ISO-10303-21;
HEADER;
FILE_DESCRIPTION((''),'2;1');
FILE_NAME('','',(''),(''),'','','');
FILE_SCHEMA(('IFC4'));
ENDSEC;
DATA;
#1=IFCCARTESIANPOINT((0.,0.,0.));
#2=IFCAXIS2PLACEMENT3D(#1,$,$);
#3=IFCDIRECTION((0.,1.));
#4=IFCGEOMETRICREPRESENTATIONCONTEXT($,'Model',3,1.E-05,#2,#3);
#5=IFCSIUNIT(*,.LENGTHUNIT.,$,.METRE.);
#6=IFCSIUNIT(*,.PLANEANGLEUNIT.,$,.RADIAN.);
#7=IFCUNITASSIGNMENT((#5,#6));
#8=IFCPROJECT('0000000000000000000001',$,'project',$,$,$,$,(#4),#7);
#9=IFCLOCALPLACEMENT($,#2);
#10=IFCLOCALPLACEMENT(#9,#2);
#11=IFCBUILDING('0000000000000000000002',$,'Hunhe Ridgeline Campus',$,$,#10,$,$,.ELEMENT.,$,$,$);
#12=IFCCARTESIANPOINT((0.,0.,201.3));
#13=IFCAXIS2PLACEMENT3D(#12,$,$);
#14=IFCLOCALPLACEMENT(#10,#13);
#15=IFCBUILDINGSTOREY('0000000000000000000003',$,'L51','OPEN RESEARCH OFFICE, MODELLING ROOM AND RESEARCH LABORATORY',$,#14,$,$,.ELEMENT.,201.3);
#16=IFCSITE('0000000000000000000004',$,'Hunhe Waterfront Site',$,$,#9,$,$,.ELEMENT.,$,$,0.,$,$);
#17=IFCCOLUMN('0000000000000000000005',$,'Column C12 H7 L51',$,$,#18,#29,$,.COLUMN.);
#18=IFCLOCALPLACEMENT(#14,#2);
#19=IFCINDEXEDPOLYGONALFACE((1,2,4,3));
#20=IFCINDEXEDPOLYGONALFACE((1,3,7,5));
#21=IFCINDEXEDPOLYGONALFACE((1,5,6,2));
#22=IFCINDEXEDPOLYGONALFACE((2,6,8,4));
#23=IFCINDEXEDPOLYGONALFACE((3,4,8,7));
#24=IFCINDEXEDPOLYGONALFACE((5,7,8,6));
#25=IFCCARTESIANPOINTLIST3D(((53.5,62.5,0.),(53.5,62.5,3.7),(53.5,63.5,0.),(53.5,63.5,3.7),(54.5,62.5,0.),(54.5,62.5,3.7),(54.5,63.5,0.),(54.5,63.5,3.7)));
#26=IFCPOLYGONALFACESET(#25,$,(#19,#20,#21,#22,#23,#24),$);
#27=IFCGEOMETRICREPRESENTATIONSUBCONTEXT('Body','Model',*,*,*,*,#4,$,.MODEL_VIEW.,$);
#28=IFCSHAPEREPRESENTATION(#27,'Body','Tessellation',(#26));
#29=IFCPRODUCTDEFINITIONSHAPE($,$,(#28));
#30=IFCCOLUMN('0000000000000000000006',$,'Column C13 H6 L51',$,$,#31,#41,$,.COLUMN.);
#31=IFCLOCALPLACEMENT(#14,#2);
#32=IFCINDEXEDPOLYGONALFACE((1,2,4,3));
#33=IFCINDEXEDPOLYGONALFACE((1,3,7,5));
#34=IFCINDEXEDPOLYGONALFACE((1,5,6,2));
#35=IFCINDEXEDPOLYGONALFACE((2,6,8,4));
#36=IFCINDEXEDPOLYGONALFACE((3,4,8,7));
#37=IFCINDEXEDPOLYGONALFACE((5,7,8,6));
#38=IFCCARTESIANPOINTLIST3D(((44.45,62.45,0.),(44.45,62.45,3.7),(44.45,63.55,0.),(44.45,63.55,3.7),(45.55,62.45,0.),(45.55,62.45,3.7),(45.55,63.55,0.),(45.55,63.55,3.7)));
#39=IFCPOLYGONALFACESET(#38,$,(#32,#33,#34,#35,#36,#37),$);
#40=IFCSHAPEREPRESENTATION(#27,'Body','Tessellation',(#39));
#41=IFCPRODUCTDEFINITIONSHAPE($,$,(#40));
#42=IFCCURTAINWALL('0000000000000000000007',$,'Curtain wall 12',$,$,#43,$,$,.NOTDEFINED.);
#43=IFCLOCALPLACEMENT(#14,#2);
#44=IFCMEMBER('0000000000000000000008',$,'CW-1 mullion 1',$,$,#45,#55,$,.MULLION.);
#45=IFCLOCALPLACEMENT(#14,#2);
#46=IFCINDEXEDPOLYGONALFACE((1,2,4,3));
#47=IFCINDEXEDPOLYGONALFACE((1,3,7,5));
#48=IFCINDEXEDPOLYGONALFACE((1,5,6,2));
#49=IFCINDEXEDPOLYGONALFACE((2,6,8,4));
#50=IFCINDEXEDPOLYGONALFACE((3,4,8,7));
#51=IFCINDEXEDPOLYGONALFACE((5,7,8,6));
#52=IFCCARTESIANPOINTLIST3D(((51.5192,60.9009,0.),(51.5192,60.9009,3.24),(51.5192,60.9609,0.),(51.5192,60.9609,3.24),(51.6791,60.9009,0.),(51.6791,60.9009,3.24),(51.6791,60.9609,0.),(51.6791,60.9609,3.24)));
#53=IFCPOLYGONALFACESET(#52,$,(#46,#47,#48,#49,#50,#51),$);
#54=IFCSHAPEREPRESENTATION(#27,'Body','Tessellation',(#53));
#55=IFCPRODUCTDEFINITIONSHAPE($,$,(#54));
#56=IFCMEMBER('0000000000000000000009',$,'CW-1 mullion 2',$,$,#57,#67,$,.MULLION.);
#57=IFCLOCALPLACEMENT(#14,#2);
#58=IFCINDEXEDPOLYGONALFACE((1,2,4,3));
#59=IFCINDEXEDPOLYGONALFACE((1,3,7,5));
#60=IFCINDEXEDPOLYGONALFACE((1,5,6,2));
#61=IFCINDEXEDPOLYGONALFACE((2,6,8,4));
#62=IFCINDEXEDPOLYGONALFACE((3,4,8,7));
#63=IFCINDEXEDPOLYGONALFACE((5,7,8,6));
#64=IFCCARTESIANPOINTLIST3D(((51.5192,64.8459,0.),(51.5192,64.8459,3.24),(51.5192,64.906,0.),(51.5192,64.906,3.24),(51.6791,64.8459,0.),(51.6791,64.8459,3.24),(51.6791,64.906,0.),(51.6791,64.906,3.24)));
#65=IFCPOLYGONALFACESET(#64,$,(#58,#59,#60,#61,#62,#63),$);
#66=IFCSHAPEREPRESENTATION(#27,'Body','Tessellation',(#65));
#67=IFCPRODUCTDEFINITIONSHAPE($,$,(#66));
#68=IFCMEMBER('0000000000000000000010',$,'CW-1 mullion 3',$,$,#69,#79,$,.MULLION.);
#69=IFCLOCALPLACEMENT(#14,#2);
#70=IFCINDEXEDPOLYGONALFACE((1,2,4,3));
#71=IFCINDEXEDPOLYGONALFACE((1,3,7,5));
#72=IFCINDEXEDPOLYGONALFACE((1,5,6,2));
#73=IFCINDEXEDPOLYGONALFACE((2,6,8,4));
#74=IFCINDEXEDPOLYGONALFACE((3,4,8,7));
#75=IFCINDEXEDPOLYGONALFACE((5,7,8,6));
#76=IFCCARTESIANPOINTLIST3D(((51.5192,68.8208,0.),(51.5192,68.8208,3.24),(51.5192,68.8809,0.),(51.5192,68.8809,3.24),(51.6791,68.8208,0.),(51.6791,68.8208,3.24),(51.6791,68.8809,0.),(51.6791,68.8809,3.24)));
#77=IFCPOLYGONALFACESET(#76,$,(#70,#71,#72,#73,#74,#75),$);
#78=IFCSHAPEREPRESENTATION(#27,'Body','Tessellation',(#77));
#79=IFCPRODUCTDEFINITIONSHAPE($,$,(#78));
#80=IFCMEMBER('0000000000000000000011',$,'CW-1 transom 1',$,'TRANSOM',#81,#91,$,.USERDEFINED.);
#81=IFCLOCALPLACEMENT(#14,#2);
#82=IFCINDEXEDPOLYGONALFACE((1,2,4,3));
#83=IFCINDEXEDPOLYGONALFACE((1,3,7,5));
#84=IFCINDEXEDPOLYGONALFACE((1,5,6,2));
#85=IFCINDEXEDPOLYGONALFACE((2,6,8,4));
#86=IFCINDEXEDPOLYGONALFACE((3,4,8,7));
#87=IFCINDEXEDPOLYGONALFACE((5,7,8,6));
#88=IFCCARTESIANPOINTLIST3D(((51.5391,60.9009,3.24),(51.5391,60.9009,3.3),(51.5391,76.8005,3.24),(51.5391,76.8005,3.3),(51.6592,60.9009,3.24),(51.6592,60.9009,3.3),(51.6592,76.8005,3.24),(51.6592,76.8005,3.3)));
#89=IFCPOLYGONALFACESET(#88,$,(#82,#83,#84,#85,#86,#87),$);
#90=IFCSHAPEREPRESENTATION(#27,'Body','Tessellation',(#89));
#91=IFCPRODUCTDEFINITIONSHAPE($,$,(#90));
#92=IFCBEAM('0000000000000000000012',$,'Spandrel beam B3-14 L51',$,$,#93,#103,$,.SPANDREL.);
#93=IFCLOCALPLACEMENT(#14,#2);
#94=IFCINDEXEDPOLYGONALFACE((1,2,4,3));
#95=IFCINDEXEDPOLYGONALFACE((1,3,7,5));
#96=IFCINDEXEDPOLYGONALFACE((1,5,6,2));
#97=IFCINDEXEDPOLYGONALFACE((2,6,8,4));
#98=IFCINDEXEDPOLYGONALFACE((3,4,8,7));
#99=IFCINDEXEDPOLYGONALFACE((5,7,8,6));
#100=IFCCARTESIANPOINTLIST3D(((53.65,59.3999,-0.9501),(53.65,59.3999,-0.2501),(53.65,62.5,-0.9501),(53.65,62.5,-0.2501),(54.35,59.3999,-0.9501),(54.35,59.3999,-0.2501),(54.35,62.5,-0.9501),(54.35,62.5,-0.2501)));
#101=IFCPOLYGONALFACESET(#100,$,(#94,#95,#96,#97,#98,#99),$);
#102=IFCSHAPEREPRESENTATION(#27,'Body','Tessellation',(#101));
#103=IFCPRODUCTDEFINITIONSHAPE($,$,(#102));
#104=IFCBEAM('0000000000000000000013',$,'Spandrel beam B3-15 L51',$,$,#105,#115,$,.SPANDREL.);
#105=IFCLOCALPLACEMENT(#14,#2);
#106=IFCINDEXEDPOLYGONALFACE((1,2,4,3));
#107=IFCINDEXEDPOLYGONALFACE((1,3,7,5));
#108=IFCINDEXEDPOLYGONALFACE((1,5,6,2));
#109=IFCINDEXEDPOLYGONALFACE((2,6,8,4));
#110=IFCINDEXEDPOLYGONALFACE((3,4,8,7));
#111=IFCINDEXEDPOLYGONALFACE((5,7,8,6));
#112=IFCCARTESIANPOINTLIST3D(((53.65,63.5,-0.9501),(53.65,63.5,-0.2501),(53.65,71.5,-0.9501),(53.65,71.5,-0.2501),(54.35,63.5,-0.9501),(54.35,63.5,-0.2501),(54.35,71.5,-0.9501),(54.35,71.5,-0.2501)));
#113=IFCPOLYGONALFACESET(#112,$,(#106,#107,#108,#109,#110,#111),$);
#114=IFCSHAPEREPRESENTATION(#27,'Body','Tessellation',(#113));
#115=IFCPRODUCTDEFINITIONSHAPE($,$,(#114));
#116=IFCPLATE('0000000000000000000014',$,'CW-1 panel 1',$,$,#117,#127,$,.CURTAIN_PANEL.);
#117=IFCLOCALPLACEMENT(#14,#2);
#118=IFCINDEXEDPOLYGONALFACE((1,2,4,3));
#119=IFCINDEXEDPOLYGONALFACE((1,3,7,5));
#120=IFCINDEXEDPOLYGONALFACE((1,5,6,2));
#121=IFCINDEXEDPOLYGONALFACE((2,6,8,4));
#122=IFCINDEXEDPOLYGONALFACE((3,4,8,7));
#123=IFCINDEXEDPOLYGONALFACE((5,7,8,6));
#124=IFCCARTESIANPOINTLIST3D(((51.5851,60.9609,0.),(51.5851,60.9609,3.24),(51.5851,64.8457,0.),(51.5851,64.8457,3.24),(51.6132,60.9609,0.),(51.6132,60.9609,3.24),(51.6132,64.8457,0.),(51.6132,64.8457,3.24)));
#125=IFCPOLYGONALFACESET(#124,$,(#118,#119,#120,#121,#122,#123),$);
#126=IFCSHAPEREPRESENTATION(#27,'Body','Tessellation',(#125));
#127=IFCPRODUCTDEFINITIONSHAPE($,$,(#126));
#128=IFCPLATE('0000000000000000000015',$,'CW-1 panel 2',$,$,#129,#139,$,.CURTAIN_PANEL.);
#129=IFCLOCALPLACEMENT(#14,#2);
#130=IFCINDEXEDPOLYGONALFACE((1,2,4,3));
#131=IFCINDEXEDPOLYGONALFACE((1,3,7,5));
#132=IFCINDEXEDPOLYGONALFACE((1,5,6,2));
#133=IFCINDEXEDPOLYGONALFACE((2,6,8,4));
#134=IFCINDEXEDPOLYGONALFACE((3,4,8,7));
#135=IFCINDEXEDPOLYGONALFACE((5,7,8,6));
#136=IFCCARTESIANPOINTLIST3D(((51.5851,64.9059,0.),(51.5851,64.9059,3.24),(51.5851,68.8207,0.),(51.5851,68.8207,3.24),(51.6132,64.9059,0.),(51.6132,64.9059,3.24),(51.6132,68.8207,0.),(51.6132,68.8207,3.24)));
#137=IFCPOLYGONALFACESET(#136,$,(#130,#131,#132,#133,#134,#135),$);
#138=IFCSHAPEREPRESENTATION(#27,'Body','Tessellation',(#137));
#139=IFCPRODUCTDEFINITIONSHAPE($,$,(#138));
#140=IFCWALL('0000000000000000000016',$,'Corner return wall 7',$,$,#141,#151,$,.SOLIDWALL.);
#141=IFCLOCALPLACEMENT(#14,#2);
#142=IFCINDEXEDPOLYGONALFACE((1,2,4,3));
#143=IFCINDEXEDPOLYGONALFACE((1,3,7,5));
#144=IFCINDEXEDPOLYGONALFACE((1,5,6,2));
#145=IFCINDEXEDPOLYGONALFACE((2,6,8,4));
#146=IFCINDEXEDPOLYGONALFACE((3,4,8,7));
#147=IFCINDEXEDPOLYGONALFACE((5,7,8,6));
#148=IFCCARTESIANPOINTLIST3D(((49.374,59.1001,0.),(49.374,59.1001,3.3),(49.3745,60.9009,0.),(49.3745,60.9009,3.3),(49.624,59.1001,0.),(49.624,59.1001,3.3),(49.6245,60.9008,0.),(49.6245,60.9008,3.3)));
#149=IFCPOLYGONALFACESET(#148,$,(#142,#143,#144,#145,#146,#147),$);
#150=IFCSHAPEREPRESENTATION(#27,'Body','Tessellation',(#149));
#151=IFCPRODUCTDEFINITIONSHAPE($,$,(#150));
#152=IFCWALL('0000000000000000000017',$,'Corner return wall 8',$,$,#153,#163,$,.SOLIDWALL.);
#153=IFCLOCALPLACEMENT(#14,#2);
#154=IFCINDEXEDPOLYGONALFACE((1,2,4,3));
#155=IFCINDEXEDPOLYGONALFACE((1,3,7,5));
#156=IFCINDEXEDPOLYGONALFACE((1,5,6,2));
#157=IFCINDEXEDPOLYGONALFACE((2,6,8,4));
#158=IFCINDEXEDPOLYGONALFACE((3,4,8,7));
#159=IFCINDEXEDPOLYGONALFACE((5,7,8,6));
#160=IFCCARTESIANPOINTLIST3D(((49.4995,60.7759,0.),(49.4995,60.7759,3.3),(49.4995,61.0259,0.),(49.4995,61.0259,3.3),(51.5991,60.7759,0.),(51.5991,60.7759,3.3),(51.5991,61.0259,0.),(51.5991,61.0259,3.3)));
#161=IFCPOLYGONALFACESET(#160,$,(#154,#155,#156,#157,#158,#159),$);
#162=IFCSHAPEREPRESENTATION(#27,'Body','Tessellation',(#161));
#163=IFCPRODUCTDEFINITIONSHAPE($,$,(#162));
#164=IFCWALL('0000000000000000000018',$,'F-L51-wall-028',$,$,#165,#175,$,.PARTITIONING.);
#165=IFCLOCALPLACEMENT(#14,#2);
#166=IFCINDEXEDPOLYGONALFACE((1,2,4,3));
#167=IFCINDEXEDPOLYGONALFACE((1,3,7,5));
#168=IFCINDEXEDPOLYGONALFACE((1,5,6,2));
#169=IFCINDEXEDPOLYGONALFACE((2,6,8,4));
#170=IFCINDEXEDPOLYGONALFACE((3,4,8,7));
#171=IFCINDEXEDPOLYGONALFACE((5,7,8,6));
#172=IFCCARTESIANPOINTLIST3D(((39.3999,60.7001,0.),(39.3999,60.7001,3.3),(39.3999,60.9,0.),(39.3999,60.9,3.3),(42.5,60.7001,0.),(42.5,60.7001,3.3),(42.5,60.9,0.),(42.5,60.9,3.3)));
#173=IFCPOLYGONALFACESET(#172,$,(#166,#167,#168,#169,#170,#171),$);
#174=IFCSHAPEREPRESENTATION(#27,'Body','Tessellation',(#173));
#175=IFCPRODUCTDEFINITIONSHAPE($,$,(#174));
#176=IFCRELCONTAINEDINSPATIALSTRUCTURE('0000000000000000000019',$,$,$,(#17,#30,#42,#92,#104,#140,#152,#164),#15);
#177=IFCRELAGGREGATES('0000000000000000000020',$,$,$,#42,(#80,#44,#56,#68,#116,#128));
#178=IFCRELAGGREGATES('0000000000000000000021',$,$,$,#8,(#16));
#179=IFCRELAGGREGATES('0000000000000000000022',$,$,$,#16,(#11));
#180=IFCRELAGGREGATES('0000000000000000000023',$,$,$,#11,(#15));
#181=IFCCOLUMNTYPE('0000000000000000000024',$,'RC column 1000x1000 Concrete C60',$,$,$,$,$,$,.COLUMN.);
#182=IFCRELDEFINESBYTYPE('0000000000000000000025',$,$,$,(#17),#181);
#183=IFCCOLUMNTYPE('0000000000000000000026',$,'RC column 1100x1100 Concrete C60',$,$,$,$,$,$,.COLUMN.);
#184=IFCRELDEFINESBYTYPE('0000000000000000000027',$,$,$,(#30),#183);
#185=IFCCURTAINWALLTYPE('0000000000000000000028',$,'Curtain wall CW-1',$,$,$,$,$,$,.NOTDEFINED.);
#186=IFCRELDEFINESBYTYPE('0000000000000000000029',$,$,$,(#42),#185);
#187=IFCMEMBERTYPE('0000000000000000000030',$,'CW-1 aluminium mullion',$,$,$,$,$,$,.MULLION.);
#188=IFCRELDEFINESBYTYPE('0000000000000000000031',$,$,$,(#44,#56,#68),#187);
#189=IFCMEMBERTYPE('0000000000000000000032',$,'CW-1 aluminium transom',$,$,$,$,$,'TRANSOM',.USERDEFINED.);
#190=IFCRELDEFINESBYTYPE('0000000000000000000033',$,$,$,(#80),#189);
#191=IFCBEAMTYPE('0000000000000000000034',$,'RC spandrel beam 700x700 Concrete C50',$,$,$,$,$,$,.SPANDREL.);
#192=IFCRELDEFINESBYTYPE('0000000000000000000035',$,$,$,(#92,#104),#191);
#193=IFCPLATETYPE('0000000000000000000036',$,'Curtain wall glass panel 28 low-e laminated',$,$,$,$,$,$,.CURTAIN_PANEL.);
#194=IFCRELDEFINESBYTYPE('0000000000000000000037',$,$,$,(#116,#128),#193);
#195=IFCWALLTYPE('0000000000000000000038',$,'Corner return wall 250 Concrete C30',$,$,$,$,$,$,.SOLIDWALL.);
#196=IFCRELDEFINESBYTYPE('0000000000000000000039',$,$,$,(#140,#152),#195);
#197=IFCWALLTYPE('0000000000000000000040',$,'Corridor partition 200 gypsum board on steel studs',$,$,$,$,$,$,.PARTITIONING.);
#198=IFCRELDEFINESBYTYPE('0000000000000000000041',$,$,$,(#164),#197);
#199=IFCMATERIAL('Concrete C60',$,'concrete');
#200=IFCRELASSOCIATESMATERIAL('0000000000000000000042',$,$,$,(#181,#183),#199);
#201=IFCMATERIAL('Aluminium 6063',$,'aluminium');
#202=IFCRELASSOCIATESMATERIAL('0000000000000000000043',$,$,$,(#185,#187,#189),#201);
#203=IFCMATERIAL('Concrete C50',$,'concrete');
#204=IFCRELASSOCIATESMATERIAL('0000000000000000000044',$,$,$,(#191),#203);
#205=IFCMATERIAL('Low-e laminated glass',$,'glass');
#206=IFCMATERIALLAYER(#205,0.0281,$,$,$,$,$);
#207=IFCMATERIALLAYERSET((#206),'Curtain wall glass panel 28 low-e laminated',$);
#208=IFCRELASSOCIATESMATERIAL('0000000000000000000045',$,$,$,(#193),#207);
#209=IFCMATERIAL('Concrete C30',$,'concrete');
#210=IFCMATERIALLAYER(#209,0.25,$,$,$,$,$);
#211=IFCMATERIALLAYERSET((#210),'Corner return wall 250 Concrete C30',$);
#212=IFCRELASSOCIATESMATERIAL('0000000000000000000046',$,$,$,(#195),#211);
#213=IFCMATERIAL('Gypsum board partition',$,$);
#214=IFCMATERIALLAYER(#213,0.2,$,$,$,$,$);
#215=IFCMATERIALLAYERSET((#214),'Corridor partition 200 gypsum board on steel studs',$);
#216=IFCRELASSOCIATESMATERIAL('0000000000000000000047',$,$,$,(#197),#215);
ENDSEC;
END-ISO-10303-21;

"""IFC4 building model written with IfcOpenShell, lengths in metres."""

from ifc_helpers import new_model, si_unit, direction, frame, frame_2d, origin, origin_2d, place, context, subcontext, project, spatial, rectangle, extrude, material, layer, layer_set, material_profile, profile_set, type_object, element, aggregate, save


model = new_model("IFC4")

# Units and contexts
model_context = context("Model", 3, precision=1e-05, world=origin(), true_north=direction((0.0, 1.0)))
body_context = subcontext(model_context, "Body", "Model", "MODEL_VIEW")
ifc_project = project(units=[si_unit("LENGTHUNIT", "METRE"), si_unit("PLANEANGLEUNIT", "RADIAN")], contexts=[model_context])

# Site, building, storey
site_placement = place(None, origin())
site = spatial("IfcSite", under=ifc_project, at=site_placement, Name="Hunhe Waterfront Site", CompositionType="ELEMENT", RefElevation=0.0)
building_placement = place(site_placement, origin())
building = spatial("IfcBuilding", under=site, at=building_placement, Name="Hunhe Ridgeline Campus", CompositionType="ELEMENT")
storey_placement = place(building_placement, frame((0.0, 0.0, 201.3)))
storey = spatial("IfcBuildingStorey", under=building, at=storey_placement, Name="L51", Description="OPEN RESEARCH OFFICE, MODELLING ROOM AND RESEARCH LABORATORY", CompositionType="ELEMENT", Elevation=201.3)

# Columns
ifc_material_1 = material(Name="Concrete C60", Category="concrete")
ifc_material_profile_1 = material_profile(ifc_material_1, rectangle(XDim=1.0, YDim=1.0, at=origin_2d()))
ifc_profile_set_1 = profile_set([ifc_material_profile_1], Name="Concrete C60")
column_type_1 = type_object("IfcColumnType", Name="RC column 1000x1000 Concrete C60", PredefinedType="COLUMN", material=ifc_profile_set_1)
column_1_placement = place(storey_placement, frame((54.0, 63.0, 0.0), z_axis=(0.0, 0.0, 1.0), x_axis=(1.0, 0.0, 0.0)))
element("IfcColumn", 1, at=column_1_placement, inside=storey, type_object=column_type_1, Name="Column C12 H7 L51", PredefinedType="COLUMN", context=body_context, shape_type="SweptSolid", body=[
    extrude(rectangle(XDim=1.0, YDim=1.0, at=origin_2d()), origin(), (0.0, 0.0, 1.0), 3.7),
])
ifc_material_profile_2 = material_profile(ifc_material_1, rectangle(XDim=1.1001, YDim=1.1001, at=origin_2d()))
ifc_profile_set_2 = profile_set([ifc_material_profile_2], Name="Concrete C60")
column_type_2 = type_object("IfcColumnType", Name="RC column 1100x1100 Concrete C60", PredefinedType="COLUMN", material=ifc_profile_set_2)
column_2_placement = place(storey_placement, frame((45.0, 63.0, 0.0), z_axis=(0.0, 0.0, 1.0), x_axis=(1.0, 0.0, 0.0)))
element("IfcColumn", 2, at=column_2_placement, inside=storey, type_object=column_type_2, Name="Column C13 H6 L51", PredefinedType="COLUMN", context=body_context, shape_type="SweptSolid", body=[
    extrude(rectangle(XDim=1.1001, YDim=1.1001, at=origin_2d()), origin(), (0.0, 0.0, 1.0), 3.7),
])

# Curtain wall, members
ifc_material_2 = material(Name="Aluminium 6063", Category="aluminium")
curtain_wall_type = type_object("IfcCurtainWallType", Name="Curtain wall CW-1", PredefinedType="NOTDEFINED", material=ifc_material_2)
curtain_wall_placement = place(storey_placement, origin())
curtain_wall = element("IfcCurtainWall", 3, at=curtain_wall_placement, inside=storey, type_object=curtain_wall_type, Name="Curtain wall 12", PredefinedType="NOTDEFINED")
ifc_material_profile_3 = material_profile(ifc_material_2, rectangle(XDim=0.1599, YDim=0.0601, at=origin_2d()))
ifc_profile_set_3 = profile_set([ifc_material_profile_3], Name="Aluminium 6063")
member_type_1 = type_object("IfcMemberType", Name="CW-1 aluminium mullion", PredefinedType="MULLION", material=ifc_profile_set_3)
member_1_placement = place(storey_placement, frame((51.5991, 60.9309, 0.0), z_axis=(0.0, 0.0, 1.0), x_axis=(-1.0, 0.0, 0.0)))
member_1 = element("IfcMember", 4, at=member_1_placement, type_object=member_type_1, Name="CW-1 mullion 1", PredefinedType="MULLION", context=body_context, shape_type="SweptSolid", body=[
    extrude(rectangle(XDim=0.1599, YDim=0.0601, at=origin_2d()), origin(), (0.0, 0.0, 1.0), 3.24),
])
member_2_placement = place(storey_placement, frame((51.5991, 64.876, 0.0), z_axis=(0.0, 0.0, 1.0), x_axis=(-1.0, 0.0, 0.0)))
member_2 = element("IfcMember", 5, at=member_2_placement, type_object=member_type_1, Name="CW-1 mullion 2", PredefinedType="MULLION", context=body_context, shape_type="SweptSolid", body=[
    extrude(rectangle(XDim=0.1599, YDim=0.0601, at=origin_2d()), origin(), (0.0, 0.0, 1.0), 3.24),
])
member_3_placement = place(storey_placement, frame((51.5991, 68.8508, 0.0), z_axis=(0.0, 0.0, 1.0), x_axis=(-1.0, 0.0, 0.0)))
member_3 = element("IfcMember", 6, at=member_3_placement, type_object=member_type_1, Name="CW-1 mullion 3", PredefinedType="MULLION", context=body_context, shape_type="SweptSolid", body=[
    extrude(rectangle(XDim=0.1599, YDim=0.0601, at=origin_2d()), origin(), (0.0, 0.0, 1.0), 3.24),
])
ifc_material_profile_4 = material_profile(ifc_material_2, rectangle(XDim=0.1201, YDim=0.0601, at=origin_2d()))
ifc_profile_set_4 = profile_set([ifc_material_profile_4], Name="Aluminium 6063")
member_type_2 = type_object("IfcMemberType", Name="CW-1 aluminium transom", ElementType="TRANSOM", PredefinedType="USERDEFINED", material=ifc_profile_set_4)
member_4_placement = place(storey_placement, frame((51.5991, 60.9009, 3.27), z_axis=(0.0, 1.0, 0.0), x_axis=(-1.0, 0.0, 0.0)))
member_4 = element("IfcMember", 7, at=member_4_placement, type_object=member_type_2, Name="CW-1 transom 1", ObjectType="TRANSOM", PredefinedType="USERDEFINED", context=body_context, shape_type="SweptSolid", body=[
    extrude(rectangle(XDim=0.1201, YDim=0.0601, at=origin_2d()), origin(), (0.0, 0.0, 1.0), 15.8997),
])

# Beams
ifc_material_3 = material(Name="Concrete C50", Category="concrete")
ifc_material_profile_5 = material_profile(ifc_material_3, rectangle(XDim=0.7, YDim=0.7, at=origin_2d()))
ifc_profile_set_5 = profile_set([ifc_material_profile_5], Name="Concrete C50")
beam_type = type_object("IfcBeamType", Name="RC spandrel beam 700x700 Concrete C50", PredefinedType="SPANDREL", material=ifc_profile_set_5)
beam_1_placement = place(storey_placement, frame((54.0, 59.3999, -0.6001), z_axis=(0.0, 1.0, 0.0), x_axis=(-1.0, 0.0, 0.0)))
element("IfcBeam", 8, at=beam_1_placement, inside=storey, type_object=beam_type, Name="Spandrel beam B3-14 L51", PredefinedType="SPANDREL", context=body_context, shape_type="SweptSolid", body=[
    extrude(rectangle(XDim=0.7, YDim=0.7, at=origin_2d()), origin(), (0.0, 0.0, 1.0), 3.1001),
])
beam_2_placement = place(storey_placement, frame((54.0, 63.5, -0.6001), z_axis=(0.0, 1.0, 0.0), x_axis=(-1.0, 0.0, 0.0)))
element("IfcBeam", 9, at=beam_2_placement, inside=storey, type_object=beam_type, Name="Spandrel beam B3-15 L51", PredefinedType="SPANDREL", context=body_context, shape_type="SweptSolid", body=[
    extrude(rectangle(XDim=0.7, YDim=0.7, at=origin_2d()), origin(), (0.0, 0.0, 1.0), 8.0),
])

# Plates
ifc_material_4 = material(Name="Low-e laminated glass", Category="glass")
ifc_layer_1 = layer(ifc_material_4, 0.0281)
ifc_layer_set_1 = layer_set([ifc_layer_1], Name="Curtain wall glass panel 28 low-e laminated")
plate_type = type_object("IfcPlateType", Name="Curtain wall glass panel 28 low-e laminated", PredefinedType="CURTAIN_PANEL", material=ifc_layer_set_1)
plate_1_placement = place(storey_placement, frame((51.5991, 62.9033, 0.0), z_axis=(0.0, 0.0, 1.0), x_axis=(0.0, 1.0, 0.0)))
plate_1 = element("IfcPlate", 10, at=plate_1_placement, type_object=plate_type, Name="CW-1 panel 1", PredefinedType="CURTAIN_PANEL", context=body_context, shape_type="SweptSolid", body=[
    extrude(rectangle(XDim=3.8848, YDim=0.0281, at=origin_2d()), origin(), (0.0, 0.0, 1.0), 3.24),
])
plate_2_placement = place(storey_placement, frame((51.5991, 66.8633, 0.0), z_axis=(0.0, 0.0, 1.0), x_axis=(0.0, 1.0, 0.0)))
plate_2 = element("IfcPlate", 11, at=plate_2_placement, type_object=plate_type, Name="CW-1 panel 2", PredefinedType="CURTAIN_PANEL", context=body_context, shape_type="SweptSolid", body=[
    extrude(rectangle(XDim=3.9148, YDim=0.0281, at=origin_2d()), origin(), (0.0, 0.0, 1.0), 3.24),
])
aggregate(curtain_wall, [member_4, member_1, member_2, member_3, plate_1, plate_2])

# Walls
ifc_material_5 = material(Name="Concrete C30", Category="concrete")
ifc_layer_2 = layer(ifc_material_5, 0.25)
ifc_layer_set_2 = layer_set([ifc_layer_2], Name="Corner return wall 250 Concrete C30")
wall_type_1 = type_object("IfcWallType", Name="Corner return wall 250 Concrete C30", PredefinedType="SOLIDWALL", material=ifc_layer_set_2)
wall_1_placement = place(storey_placement, frame((49.499, 59.1001, 0.0), z_axis=(0.0, 0.0, 1.0), x_axis=(0.000271, 1.0, 0.0)))
element("IfcWall", 12, at=wall_1_placement, inside=storey, type_object=wall_type_1, Name="Corner return wall 7", PredefinedType="SOLIDWALL", context=body_context, shape_type="SweptSolid", body=[
    extrude(rectangle(XDim=1.8008, YDim=0.25, at=frame_2d((0.9004, 0.0))), origin(), (0.0, 0.0, 1.0), 3.3),
])
wall_2_placement = place(storey_placement, frame((49.4995, 60.9009, 0.0), z_axis=(0.0, 0.0, 1.0), x_axis=(1.0, 0.0, 0.0)))
element("IfcWall", 13, at=wall_2_placement, inside=storey, type_object=wall_type_1, Name="Corner return wall 8", PredefinedType="SOLIDWALL", context=body_context, shape_type="SweptSolid", body=[
    extrude(rectangle(XDim=2.0996, YDim=0.25, at=frame_2d((1.0498, 0.0))), origin(), (0.0, 0.0, 1.0), 3.3),
])

# Shared definitions
ifc_material_6 = material(Name="Gypsum board partition")
ifc_layer_3 = layer(ifc_material_6, 0.2)
ifc_layer_set_3 = layer_set([ifc_layer_3], Name="Corridor partition 200 gypsum board on steel studs")
wall_type_2 = type_object("IfcWallType", Name="Corridor partition 200 gypsum board on steel studs", PredefinedType="PARTITIONING", material=ifc_layer_set_3)

# Wall
wall_3_placement = place(storey_placement, frame((42.5, 60.8, 0.0), z_axis=(0.0, 0.0, 1.0), x_axis=(-1.0, 0.0, 0.0)))
element("IfcWall", 14, at=wall_3_placement, inside=storey, type_object=wall_type_2, Name="F-L51-wall-028", PredefinedType="PARTITIONING", context=body_context, shape_type="SweptSolid", body=[
    extrude(rectangle(XDim=3.1001, YDim=0.2, at=frame_2d((1.55, 0.0))), origin(), (0.0, 0.0, 1.0), 3.3),
])

save(model, "model.ifc")
